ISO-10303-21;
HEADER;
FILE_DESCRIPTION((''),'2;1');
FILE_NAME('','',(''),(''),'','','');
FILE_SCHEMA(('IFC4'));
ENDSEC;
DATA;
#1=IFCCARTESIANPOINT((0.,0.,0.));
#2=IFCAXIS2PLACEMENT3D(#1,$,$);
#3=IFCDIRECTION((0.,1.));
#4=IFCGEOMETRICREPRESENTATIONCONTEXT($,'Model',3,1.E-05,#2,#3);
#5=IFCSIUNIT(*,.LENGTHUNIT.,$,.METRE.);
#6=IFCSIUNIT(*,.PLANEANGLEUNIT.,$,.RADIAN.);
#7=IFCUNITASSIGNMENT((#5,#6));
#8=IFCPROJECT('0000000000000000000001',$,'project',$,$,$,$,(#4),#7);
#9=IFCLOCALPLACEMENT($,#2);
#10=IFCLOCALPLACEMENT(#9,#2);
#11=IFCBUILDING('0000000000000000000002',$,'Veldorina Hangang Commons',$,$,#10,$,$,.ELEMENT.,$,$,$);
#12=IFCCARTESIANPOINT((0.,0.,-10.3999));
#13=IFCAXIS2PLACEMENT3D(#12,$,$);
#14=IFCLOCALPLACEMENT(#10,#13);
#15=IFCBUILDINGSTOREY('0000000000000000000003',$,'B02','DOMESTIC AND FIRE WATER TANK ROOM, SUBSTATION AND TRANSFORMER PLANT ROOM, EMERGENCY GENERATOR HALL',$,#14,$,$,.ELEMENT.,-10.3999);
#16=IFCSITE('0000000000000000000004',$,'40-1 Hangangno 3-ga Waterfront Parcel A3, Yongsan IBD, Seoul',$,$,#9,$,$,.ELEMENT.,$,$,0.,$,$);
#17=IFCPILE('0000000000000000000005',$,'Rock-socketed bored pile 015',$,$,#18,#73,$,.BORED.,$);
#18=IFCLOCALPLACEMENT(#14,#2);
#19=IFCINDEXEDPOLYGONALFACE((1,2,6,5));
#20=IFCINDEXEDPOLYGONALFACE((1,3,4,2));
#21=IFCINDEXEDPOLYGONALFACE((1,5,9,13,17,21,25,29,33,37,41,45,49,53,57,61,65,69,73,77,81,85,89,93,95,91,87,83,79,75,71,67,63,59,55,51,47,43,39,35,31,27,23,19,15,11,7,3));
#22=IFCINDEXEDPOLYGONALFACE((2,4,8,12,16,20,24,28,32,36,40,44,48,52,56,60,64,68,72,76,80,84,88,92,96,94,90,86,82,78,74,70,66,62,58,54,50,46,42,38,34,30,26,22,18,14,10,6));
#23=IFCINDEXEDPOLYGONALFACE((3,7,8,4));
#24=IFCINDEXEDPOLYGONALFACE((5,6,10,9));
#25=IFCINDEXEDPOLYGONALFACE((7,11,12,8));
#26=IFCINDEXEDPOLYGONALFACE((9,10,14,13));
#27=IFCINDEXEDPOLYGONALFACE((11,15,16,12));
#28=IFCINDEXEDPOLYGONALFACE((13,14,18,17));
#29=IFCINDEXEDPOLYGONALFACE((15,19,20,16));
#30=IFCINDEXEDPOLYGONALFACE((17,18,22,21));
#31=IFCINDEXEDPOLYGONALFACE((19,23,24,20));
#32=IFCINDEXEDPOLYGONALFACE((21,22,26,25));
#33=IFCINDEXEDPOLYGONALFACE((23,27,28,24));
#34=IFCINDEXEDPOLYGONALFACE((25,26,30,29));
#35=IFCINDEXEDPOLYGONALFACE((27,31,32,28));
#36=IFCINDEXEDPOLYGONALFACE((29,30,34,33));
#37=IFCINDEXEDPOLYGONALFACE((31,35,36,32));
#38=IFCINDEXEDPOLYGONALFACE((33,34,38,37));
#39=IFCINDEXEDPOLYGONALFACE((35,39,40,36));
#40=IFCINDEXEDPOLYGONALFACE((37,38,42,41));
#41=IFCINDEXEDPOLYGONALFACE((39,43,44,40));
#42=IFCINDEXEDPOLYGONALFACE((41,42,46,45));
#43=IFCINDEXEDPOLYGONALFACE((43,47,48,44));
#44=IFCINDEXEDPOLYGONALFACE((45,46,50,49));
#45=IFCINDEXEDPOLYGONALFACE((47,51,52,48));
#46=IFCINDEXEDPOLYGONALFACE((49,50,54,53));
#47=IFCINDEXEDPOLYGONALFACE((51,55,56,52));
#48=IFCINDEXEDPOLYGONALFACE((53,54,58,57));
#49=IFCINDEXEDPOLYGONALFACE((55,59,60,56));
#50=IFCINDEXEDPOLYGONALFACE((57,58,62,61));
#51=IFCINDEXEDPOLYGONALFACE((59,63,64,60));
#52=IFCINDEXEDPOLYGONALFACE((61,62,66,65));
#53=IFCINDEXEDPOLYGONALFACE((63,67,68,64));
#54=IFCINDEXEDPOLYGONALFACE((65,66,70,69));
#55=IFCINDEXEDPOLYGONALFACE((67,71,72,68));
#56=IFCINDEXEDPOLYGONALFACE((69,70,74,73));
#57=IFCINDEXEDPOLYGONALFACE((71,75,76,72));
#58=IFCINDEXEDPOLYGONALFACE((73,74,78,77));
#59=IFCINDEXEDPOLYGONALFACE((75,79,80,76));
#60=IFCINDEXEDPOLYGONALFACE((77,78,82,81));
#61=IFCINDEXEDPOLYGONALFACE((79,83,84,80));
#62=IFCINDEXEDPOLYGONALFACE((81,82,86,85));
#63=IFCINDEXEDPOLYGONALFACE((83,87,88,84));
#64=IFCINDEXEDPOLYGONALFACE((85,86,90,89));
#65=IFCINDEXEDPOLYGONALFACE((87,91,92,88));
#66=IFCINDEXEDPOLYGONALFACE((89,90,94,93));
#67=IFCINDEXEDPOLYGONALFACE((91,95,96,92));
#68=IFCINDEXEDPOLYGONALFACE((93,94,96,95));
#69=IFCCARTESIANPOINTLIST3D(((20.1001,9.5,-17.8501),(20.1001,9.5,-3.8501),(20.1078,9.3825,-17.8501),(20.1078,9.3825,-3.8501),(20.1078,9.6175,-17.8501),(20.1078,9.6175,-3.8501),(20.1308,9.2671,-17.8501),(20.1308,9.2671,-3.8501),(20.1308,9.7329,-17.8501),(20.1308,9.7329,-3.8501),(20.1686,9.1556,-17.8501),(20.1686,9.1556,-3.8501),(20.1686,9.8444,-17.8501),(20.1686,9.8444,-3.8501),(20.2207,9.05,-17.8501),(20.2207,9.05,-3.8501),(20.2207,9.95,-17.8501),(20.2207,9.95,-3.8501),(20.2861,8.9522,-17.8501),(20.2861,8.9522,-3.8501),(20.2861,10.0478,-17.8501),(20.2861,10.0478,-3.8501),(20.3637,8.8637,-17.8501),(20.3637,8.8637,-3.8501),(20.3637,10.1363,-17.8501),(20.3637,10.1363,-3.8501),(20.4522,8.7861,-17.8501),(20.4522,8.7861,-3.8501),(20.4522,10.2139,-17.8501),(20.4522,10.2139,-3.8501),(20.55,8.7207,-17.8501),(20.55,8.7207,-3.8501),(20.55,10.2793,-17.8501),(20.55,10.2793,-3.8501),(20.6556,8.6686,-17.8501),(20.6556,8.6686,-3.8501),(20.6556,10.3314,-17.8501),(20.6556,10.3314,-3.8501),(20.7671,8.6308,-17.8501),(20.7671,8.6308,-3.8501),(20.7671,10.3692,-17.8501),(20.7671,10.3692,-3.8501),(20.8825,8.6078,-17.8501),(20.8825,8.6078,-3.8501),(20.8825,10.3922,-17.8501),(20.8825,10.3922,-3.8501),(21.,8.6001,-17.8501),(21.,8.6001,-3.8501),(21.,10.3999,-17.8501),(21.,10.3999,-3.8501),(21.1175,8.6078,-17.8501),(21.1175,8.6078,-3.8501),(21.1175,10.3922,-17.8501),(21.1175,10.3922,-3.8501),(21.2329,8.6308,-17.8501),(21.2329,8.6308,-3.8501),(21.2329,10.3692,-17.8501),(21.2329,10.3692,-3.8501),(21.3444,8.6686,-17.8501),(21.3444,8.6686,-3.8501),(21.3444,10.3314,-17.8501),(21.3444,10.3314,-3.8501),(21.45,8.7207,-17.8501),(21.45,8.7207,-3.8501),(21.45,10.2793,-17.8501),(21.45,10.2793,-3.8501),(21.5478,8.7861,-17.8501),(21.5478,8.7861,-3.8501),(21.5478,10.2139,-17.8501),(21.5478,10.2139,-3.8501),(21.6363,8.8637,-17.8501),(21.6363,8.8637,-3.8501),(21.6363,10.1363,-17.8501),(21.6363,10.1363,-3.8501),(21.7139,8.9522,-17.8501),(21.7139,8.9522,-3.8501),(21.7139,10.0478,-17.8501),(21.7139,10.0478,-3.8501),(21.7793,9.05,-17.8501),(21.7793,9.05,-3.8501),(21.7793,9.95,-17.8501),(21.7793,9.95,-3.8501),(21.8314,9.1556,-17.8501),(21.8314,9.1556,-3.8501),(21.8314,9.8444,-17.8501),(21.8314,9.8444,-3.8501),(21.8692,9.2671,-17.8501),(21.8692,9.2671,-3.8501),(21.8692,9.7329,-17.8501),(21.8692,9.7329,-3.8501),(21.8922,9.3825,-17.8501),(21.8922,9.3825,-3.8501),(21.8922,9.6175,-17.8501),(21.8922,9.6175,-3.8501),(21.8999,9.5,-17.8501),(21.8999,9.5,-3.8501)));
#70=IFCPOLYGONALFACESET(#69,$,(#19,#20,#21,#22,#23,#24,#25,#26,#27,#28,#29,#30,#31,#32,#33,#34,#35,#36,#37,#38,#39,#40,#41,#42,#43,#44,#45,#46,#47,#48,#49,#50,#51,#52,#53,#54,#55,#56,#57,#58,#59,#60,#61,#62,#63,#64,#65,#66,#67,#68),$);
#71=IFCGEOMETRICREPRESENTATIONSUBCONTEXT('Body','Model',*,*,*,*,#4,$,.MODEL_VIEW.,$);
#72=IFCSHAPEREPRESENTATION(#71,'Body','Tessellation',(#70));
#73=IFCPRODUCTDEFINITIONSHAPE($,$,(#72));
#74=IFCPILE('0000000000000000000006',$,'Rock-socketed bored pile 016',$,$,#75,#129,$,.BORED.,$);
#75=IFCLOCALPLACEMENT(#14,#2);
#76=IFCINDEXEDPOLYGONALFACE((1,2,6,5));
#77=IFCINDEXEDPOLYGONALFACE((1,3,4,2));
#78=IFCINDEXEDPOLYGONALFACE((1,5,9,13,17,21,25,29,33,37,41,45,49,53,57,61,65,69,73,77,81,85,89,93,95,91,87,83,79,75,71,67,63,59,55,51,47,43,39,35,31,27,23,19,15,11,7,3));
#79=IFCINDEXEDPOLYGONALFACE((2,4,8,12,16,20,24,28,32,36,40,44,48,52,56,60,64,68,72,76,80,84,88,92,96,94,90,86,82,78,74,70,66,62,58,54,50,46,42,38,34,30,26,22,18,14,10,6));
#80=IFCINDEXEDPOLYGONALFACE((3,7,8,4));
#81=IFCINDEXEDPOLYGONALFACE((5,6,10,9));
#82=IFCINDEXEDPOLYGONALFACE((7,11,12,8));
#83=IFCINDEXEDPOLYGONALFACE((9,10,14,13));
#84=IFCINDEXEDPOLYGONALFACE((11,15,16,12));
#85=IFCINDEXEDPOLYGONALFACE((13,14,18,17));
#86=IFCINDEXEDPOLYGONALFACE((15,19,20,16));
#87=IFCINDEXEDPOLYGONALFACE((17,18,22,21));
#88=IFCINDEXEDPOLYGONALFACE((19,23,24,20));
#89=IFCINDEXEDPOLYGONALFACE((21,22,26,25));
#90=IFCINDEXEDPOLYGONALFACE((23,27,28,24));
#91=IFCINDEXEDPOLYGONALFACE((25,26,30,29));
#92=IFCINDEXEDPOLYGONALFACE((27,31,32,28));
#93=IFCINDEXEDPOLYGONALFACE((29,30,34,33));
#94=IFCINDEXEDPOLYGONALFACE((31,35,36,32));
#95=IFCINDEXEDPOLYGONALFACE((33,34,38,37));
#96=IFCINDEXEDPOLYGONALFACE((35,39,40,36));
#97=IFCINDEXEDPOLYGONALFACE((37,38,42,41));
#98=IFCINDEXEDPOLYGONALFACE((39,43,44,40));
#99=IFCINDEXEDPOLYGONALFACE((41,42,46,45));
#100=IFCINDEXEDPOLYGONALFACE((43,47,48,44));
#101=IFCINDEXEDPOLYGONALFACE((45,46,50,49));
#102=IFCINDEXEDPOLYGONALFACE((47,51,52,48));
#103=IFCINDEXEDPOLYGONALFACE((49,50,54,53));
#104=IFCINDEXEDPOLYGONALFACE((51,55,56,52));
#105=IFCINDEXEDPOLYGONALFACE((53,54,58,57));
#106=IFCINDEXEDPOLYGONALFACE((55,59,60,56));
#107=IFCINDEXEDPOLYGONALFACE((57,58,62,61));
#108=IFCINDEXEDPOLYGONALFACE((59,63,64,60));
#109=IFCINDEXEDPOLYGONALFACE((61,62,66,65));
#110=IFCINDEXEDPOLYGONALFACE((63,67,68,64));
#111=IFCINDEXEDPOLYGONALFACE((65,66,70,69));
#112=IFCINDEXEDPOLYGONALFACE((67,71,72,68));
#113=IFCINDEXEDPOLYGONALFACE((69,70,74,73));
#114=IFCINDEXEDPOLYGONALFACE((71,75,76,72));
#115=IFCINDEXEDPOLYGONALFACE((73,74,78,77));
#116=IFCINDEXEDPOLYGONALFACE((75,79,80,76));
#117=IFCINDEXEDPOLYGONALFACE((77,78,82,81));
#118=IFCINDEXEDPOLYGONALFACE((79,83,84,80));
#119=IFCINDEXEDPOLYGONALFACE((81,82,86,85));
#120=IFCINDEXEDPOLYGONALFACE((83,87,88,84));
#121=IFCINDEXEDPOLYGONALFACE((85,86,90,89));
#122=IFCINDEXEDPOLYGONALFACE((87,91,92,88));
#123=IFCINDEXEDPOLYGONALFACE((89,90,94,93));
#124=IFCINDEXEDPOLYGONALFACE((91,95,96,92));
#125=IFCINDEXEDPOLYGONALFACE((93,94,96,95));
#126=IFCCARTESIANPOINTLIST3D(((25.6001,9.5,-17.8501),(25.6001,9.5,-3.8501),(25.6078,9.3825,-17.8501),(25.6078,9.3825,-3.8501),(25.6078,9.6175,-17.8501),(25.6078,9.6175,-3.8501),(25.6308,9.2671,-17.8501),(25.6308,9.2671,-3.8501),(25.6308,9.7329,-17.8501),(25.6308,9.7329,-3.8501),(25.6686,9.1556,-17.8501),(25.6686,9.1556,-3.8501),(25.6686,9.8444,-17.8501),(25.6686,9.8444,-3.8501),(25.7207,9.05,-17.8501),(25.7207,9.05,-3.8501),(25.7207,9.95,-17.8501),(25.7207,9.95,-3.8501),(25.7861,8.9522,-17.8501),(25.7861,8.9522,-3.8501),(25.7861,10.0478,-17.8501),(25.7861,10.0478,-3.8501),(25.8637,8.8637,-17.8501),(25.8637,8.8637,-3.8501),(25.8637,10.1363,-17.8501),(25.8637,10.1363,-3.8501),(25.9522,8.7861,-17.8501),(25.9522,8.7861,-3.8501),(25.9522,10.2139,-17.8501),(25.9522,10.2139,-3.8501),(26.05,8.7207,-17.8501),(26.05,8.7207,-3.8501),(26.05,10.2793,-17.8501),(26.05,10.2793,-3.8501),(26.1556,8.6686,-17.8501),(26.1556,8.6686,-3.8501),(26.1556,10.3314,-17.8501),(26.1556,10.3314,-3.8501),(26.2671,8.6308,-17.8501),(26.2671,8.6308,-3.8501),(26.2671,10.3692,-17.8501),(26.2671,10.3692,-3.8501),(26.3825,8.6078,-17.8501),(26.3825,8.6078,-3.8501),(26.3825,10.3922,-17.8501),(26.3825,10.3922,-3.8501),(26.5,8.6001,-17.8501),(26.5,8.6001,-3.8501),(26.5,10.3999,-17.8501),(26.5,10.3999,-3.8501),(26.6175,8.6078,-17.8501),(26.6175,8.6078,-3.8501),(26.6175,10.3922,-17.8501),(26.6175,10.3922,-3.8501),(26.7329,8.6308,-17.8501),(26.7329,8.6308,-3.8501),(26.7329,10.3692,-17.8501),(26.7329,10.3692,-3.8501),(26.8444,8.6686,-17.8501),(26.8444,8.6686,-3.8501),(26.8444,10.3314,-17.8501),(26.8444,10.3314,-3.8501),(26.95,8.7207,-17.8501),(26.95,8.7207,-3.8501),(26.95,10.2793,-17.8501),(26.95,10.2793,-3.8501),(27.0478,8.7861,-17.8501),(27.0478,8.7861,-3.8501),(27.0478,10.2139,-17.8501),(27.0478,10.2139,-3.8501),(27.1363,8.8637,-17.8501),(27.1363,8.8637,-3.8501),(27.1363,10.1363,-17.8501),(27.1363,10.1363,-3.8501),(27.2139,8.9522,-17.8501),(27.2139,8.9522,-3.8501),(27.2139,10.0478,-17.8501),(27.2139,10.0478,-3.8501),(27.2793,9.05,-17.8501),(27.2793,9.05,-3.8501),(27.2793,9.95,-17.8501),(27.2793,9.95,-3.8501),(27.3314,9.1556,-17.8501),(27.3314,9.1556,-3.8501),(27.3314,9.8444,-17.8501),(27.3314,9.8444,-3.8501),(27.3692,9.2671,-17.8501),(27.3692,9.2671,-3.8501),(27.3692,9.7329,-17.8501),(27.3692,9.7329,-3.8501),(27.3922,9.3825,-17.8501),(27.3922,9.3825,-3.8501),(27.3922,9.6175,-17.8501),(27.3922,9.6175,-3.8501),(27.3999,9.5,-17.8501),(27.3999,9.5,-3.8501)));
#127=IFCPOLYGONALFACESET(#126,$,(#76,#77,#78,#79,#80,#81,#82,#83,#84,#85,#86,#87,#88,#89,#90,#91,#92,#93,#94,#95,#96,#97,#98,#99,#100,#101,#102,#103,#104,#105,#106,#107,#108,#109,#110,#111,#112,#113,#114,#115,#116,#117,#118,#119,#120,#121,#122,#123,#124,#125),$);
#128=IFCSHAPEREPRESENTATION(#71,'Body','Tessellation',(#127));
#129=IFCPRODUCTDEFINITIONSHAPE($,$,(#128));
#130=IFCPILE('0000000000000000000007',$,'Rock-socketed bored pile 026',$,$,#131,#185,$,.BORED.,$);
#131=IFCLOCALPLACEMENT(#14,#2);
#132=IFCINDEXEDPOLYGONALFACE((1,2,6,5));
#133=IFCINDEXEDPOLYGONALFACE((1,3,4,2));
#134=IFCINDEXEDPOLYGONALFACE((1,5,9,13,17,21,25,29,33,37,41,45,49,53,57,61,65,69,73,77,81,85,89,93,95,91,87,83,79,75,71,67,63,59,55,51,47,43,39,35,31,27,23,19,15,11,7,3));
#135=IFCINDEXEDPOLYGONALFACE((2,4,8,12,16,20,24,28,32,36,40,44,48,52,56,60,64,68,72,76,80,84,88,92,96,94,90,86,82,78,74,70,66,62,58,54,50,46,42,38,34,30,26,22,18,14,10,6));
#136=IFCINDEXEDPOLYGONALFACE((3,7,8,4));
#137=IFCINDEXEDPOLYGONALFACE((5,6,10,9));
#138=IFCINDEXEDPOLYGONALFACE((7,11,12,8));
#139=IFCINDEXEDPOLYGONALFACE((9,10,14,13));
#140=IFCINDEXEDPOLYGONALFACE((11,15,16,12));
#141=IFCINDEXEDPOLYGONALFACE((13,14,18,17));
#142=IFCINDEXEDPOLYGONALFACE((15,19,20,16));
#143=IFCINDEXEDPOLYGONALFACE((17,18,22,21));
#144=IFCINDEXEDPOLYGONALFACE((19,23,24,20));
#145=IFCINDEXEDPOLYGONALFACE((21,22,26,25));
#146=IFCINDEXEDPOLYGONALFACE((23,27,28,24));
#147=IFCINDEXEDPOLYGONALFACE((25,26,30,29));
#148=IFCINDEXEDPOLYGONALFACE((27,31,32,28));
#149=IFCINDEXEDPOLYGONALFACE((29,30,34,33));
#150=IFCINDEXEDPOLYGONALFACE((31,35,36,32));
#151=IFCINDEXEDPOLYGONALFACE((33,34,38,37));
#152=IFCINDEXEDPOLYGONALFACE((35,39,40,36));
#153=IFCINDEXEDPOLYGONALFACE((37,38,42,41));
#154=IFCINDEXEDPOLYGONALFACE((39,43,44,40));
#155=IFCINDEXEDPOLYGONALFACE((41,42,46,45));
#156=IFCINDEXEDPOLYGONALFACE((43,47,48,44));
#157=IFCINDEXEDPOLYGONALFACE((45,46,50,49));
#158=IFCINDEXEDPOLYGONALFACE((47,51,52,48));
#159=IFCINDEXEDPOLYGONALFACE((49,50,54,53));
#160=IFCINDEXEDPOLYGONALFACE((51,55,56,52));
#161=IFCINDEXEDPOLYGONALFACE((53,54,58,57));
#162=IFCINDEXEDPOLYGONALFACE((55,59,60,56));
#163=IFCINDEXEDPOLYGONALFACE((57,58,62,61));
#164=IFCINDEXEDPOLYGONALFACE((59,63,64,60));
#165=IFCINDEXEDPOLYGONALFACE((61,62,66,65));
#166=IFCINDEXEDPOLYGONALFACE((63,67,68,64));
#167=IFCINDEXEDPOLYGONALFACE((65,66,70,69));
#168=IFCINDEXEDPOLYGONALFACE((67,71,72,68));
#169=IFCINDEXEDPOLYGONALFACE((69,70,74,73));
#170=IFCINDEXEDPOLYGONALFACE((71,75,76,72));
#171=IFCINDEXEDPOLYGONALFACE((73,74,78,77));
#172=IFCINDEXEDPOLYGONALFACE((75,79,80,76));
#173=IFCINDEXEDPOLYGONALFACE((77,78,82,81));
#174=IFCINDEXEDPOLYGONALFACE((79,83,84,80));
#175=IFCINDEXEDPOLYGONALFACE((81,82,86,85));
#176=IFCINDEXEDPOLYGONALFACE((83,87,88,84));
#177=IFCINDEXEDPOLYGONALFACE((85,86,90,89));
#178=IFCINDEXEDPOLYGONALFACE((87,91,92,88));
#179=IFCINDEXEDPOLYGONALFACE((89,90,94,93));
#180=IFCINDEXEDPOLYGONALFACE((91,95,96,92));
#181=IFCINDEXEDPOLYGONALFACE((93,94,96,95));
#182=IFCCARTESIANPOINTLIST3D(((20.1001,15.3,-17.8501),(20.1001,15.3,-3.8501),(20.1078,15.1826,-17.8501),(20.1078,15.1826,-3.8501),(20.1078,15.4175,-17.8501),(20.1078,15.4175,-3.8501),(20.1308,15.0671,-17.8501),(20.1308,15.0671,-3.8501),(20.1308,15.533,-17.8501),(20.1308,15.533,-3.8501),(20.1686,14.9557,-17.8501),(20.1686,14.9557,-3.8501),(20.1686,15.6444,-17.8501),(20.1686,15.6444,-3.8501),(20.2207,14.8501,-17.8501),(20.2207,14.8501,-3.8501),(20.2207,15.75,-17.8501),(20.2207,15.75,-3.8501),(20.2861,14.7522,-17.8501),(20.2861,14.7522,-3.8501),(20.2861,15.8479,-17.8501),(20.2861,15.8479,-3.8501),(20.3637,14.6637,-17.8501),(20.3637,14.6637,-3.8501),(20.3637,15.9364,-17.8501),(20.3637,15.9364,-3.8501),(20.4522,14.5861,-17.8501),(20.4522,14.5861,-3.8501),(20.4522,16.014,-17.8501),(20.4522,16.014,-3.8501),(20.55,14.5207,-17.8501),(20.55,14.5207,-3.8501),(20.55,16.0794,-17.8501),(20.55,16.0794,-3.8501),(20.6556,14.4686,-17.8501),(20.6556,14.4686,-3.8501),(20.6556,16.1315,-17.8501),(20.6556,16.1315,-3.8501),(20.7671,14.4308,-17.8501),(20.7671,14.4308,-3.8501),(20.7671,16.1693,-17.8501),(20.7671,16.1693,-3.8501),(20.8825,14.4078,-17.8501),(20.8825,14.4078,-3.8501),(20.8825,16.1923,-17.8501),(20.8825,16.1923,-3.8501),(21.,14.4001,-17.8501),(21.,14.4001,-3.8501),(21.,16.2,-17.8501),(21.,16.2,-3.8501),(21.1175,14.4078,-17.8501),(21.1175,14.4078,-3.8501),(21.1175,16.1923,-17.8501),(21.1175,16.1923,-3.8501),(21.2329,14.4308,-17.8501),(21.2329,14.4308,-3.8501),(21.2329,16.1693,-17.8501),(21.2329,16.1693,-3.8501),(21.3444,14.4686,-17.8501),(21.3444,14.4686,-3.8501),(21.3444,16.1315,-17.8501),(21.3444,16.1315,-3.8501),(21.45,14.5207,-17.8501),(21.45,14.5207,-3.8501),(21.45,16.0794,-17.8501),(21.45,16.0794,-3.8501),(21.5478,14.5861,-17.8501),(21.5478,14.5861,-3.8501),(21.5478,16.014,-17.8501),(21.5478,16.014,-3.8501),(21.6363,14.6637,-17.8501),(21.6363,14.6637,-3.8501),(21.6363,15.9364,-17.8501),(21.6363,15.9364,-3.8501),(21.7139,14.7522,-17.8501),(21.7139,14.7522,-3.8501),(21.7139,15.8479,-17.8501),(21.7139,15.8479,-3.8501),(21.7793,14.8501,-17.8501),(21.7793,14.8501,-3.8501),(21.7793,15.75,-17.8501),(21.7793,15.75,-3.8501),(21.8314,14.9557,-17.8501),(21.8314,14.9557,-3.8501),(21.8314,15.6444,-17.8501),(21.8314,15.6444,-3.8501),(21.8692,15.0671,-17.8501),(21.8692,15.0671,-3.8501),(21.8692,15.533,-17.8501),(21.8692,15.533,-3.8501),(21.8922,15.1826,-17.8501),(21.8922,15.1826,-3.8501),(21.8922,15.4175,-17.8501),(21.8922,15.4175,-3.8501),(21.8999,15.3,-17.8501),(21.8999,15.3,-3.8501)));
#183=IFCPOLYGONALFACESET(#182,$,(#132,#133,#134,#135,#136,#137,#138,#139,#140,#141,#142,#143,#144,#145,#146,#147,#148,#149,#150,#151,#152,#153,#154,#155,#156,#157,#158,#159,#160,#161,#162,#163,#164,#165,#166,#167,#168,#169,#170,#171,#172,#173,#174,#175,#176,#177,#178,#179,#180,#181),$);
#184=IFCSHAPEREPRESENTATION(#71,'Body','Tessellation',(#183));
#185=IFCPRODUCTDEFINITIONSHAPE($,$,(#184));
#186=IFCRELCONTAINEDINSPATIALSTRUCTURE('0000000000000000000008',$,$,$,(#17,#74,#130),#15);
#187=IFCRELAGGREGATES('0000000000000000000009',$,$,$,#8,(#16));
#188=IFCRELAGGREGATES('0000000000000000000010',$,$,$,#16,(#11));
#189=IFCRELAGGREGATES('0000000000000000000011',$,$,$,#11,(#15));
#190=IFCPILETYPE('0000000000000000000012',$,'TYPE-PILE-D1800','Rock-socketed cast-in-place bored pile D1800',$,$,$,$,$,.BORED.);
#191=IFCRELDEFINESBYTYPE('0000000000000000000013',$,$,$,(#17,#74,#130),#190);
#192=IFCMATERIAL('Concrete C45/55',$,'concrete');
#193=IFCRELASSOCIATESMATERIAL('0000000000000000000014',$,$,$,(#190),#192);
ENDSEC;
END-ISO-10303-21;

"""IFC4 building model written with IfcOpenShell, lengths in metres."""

from ifc_helpers import new_model, si_unit, direction, frame, origin, origin_2d, place, context, subcontext, project, spatial, circle, extrude, material, material_profile, profile_set, type_object, element, save


model = new_model("IFC4")

# Units and contexts
model_context = context("Model", 3, precision=1e-05, world=origin(), true_north=direction((0.0, 1.0)))
body_context = subcontext(model_context, "Body", "Model", "MODEL_VIEW")
ifc_project = project(units=[si_unit("LENGTHUNIT", "METRE"), si_unit("PLANEANGLEUNIT", "RADIAN")], contexts=[model_context])

# Site, building, storey
site_placement = place(None, origin())
site = spatial("IfcSite", under=ifc_project, at=site_placement, Name="40-1 Hangangno 3-ga Waterfront Parcel A3, Yongsan IBD, Seoul", CompositionType="ELEMENT", RefElevation=0.0)
building_placement = place(site_placement, origin())
building = spatial("IfcBuilding", under=site, at=building_placement, Name="Veldorina Hangang Commons", CompositionType="ELEMENT")
storey_placement = place(building_placement, frame((0.0, 0.0, -10.3999)))
storey = spatial("IfcBuildingStorey", under=building, at=storey_placement, Name="B02", Description="DOMESTIC AND FIRE WATER TANK ROOM, SUBSTATION AND TRANSFORMER PLANT ROOM, EMERGENCY GENERATOR HALL", CompositionType="ELEMENT", Elevation=-10.3999)

# Piles
ifc_material_1 = material(Name="Concrete C45/55", Category="concrete")
ifc_material_profile_1 = material_profile(ifc_material_1, circle(Radius=0.8999, at=origin_2d()), Name="PILE-D1800")
ifc_profile_set_1 = profile_set([ifc_material_profile_1], Name="Concrete C45/55")
pile_type = type_object("IfcPileType", Name="TYPE-PILE-D1800", Description="Rock-socketed cast-in-place bored pile D1800", PredefinedType="BORED", material=ifc_profile_set_1)
for number, where, z_axis, x_axis, name in (
    (1, (21.0, 9.5, -3.8501), (0.0, 0.0, -1.0), (1.0, 0.0, 0.0), "Rock-socketed bored pile 015"),
    (2, (26.5, 9.5, -3.8501), (0.0, 0.0, -1.0), (1.0, 0.0, 0.0), "Rock-socketed bored pile 016"),
    (3, (21.0, 15.3, -3.8501), (0.0, 0.0, -1.0), (1.0, 0.0, 0.0), "Rock-socketed bored pile 026"),
):
    element("IfcPile", number, at=place(storey_placement, frame(where, z_axis=z_axis, x_axis=x_axis)), inside=storey, type_object=pile_type, Name=name, PredefinedType="BORED", context=body_context, shape_type="SweptSolid", body=[
        extrude(circle(Radius=0.8999, at=origin_2d()), origin(), (0.0, 0.0, 1.0), 14.0),
    ])

save(model, "model.ifc")
